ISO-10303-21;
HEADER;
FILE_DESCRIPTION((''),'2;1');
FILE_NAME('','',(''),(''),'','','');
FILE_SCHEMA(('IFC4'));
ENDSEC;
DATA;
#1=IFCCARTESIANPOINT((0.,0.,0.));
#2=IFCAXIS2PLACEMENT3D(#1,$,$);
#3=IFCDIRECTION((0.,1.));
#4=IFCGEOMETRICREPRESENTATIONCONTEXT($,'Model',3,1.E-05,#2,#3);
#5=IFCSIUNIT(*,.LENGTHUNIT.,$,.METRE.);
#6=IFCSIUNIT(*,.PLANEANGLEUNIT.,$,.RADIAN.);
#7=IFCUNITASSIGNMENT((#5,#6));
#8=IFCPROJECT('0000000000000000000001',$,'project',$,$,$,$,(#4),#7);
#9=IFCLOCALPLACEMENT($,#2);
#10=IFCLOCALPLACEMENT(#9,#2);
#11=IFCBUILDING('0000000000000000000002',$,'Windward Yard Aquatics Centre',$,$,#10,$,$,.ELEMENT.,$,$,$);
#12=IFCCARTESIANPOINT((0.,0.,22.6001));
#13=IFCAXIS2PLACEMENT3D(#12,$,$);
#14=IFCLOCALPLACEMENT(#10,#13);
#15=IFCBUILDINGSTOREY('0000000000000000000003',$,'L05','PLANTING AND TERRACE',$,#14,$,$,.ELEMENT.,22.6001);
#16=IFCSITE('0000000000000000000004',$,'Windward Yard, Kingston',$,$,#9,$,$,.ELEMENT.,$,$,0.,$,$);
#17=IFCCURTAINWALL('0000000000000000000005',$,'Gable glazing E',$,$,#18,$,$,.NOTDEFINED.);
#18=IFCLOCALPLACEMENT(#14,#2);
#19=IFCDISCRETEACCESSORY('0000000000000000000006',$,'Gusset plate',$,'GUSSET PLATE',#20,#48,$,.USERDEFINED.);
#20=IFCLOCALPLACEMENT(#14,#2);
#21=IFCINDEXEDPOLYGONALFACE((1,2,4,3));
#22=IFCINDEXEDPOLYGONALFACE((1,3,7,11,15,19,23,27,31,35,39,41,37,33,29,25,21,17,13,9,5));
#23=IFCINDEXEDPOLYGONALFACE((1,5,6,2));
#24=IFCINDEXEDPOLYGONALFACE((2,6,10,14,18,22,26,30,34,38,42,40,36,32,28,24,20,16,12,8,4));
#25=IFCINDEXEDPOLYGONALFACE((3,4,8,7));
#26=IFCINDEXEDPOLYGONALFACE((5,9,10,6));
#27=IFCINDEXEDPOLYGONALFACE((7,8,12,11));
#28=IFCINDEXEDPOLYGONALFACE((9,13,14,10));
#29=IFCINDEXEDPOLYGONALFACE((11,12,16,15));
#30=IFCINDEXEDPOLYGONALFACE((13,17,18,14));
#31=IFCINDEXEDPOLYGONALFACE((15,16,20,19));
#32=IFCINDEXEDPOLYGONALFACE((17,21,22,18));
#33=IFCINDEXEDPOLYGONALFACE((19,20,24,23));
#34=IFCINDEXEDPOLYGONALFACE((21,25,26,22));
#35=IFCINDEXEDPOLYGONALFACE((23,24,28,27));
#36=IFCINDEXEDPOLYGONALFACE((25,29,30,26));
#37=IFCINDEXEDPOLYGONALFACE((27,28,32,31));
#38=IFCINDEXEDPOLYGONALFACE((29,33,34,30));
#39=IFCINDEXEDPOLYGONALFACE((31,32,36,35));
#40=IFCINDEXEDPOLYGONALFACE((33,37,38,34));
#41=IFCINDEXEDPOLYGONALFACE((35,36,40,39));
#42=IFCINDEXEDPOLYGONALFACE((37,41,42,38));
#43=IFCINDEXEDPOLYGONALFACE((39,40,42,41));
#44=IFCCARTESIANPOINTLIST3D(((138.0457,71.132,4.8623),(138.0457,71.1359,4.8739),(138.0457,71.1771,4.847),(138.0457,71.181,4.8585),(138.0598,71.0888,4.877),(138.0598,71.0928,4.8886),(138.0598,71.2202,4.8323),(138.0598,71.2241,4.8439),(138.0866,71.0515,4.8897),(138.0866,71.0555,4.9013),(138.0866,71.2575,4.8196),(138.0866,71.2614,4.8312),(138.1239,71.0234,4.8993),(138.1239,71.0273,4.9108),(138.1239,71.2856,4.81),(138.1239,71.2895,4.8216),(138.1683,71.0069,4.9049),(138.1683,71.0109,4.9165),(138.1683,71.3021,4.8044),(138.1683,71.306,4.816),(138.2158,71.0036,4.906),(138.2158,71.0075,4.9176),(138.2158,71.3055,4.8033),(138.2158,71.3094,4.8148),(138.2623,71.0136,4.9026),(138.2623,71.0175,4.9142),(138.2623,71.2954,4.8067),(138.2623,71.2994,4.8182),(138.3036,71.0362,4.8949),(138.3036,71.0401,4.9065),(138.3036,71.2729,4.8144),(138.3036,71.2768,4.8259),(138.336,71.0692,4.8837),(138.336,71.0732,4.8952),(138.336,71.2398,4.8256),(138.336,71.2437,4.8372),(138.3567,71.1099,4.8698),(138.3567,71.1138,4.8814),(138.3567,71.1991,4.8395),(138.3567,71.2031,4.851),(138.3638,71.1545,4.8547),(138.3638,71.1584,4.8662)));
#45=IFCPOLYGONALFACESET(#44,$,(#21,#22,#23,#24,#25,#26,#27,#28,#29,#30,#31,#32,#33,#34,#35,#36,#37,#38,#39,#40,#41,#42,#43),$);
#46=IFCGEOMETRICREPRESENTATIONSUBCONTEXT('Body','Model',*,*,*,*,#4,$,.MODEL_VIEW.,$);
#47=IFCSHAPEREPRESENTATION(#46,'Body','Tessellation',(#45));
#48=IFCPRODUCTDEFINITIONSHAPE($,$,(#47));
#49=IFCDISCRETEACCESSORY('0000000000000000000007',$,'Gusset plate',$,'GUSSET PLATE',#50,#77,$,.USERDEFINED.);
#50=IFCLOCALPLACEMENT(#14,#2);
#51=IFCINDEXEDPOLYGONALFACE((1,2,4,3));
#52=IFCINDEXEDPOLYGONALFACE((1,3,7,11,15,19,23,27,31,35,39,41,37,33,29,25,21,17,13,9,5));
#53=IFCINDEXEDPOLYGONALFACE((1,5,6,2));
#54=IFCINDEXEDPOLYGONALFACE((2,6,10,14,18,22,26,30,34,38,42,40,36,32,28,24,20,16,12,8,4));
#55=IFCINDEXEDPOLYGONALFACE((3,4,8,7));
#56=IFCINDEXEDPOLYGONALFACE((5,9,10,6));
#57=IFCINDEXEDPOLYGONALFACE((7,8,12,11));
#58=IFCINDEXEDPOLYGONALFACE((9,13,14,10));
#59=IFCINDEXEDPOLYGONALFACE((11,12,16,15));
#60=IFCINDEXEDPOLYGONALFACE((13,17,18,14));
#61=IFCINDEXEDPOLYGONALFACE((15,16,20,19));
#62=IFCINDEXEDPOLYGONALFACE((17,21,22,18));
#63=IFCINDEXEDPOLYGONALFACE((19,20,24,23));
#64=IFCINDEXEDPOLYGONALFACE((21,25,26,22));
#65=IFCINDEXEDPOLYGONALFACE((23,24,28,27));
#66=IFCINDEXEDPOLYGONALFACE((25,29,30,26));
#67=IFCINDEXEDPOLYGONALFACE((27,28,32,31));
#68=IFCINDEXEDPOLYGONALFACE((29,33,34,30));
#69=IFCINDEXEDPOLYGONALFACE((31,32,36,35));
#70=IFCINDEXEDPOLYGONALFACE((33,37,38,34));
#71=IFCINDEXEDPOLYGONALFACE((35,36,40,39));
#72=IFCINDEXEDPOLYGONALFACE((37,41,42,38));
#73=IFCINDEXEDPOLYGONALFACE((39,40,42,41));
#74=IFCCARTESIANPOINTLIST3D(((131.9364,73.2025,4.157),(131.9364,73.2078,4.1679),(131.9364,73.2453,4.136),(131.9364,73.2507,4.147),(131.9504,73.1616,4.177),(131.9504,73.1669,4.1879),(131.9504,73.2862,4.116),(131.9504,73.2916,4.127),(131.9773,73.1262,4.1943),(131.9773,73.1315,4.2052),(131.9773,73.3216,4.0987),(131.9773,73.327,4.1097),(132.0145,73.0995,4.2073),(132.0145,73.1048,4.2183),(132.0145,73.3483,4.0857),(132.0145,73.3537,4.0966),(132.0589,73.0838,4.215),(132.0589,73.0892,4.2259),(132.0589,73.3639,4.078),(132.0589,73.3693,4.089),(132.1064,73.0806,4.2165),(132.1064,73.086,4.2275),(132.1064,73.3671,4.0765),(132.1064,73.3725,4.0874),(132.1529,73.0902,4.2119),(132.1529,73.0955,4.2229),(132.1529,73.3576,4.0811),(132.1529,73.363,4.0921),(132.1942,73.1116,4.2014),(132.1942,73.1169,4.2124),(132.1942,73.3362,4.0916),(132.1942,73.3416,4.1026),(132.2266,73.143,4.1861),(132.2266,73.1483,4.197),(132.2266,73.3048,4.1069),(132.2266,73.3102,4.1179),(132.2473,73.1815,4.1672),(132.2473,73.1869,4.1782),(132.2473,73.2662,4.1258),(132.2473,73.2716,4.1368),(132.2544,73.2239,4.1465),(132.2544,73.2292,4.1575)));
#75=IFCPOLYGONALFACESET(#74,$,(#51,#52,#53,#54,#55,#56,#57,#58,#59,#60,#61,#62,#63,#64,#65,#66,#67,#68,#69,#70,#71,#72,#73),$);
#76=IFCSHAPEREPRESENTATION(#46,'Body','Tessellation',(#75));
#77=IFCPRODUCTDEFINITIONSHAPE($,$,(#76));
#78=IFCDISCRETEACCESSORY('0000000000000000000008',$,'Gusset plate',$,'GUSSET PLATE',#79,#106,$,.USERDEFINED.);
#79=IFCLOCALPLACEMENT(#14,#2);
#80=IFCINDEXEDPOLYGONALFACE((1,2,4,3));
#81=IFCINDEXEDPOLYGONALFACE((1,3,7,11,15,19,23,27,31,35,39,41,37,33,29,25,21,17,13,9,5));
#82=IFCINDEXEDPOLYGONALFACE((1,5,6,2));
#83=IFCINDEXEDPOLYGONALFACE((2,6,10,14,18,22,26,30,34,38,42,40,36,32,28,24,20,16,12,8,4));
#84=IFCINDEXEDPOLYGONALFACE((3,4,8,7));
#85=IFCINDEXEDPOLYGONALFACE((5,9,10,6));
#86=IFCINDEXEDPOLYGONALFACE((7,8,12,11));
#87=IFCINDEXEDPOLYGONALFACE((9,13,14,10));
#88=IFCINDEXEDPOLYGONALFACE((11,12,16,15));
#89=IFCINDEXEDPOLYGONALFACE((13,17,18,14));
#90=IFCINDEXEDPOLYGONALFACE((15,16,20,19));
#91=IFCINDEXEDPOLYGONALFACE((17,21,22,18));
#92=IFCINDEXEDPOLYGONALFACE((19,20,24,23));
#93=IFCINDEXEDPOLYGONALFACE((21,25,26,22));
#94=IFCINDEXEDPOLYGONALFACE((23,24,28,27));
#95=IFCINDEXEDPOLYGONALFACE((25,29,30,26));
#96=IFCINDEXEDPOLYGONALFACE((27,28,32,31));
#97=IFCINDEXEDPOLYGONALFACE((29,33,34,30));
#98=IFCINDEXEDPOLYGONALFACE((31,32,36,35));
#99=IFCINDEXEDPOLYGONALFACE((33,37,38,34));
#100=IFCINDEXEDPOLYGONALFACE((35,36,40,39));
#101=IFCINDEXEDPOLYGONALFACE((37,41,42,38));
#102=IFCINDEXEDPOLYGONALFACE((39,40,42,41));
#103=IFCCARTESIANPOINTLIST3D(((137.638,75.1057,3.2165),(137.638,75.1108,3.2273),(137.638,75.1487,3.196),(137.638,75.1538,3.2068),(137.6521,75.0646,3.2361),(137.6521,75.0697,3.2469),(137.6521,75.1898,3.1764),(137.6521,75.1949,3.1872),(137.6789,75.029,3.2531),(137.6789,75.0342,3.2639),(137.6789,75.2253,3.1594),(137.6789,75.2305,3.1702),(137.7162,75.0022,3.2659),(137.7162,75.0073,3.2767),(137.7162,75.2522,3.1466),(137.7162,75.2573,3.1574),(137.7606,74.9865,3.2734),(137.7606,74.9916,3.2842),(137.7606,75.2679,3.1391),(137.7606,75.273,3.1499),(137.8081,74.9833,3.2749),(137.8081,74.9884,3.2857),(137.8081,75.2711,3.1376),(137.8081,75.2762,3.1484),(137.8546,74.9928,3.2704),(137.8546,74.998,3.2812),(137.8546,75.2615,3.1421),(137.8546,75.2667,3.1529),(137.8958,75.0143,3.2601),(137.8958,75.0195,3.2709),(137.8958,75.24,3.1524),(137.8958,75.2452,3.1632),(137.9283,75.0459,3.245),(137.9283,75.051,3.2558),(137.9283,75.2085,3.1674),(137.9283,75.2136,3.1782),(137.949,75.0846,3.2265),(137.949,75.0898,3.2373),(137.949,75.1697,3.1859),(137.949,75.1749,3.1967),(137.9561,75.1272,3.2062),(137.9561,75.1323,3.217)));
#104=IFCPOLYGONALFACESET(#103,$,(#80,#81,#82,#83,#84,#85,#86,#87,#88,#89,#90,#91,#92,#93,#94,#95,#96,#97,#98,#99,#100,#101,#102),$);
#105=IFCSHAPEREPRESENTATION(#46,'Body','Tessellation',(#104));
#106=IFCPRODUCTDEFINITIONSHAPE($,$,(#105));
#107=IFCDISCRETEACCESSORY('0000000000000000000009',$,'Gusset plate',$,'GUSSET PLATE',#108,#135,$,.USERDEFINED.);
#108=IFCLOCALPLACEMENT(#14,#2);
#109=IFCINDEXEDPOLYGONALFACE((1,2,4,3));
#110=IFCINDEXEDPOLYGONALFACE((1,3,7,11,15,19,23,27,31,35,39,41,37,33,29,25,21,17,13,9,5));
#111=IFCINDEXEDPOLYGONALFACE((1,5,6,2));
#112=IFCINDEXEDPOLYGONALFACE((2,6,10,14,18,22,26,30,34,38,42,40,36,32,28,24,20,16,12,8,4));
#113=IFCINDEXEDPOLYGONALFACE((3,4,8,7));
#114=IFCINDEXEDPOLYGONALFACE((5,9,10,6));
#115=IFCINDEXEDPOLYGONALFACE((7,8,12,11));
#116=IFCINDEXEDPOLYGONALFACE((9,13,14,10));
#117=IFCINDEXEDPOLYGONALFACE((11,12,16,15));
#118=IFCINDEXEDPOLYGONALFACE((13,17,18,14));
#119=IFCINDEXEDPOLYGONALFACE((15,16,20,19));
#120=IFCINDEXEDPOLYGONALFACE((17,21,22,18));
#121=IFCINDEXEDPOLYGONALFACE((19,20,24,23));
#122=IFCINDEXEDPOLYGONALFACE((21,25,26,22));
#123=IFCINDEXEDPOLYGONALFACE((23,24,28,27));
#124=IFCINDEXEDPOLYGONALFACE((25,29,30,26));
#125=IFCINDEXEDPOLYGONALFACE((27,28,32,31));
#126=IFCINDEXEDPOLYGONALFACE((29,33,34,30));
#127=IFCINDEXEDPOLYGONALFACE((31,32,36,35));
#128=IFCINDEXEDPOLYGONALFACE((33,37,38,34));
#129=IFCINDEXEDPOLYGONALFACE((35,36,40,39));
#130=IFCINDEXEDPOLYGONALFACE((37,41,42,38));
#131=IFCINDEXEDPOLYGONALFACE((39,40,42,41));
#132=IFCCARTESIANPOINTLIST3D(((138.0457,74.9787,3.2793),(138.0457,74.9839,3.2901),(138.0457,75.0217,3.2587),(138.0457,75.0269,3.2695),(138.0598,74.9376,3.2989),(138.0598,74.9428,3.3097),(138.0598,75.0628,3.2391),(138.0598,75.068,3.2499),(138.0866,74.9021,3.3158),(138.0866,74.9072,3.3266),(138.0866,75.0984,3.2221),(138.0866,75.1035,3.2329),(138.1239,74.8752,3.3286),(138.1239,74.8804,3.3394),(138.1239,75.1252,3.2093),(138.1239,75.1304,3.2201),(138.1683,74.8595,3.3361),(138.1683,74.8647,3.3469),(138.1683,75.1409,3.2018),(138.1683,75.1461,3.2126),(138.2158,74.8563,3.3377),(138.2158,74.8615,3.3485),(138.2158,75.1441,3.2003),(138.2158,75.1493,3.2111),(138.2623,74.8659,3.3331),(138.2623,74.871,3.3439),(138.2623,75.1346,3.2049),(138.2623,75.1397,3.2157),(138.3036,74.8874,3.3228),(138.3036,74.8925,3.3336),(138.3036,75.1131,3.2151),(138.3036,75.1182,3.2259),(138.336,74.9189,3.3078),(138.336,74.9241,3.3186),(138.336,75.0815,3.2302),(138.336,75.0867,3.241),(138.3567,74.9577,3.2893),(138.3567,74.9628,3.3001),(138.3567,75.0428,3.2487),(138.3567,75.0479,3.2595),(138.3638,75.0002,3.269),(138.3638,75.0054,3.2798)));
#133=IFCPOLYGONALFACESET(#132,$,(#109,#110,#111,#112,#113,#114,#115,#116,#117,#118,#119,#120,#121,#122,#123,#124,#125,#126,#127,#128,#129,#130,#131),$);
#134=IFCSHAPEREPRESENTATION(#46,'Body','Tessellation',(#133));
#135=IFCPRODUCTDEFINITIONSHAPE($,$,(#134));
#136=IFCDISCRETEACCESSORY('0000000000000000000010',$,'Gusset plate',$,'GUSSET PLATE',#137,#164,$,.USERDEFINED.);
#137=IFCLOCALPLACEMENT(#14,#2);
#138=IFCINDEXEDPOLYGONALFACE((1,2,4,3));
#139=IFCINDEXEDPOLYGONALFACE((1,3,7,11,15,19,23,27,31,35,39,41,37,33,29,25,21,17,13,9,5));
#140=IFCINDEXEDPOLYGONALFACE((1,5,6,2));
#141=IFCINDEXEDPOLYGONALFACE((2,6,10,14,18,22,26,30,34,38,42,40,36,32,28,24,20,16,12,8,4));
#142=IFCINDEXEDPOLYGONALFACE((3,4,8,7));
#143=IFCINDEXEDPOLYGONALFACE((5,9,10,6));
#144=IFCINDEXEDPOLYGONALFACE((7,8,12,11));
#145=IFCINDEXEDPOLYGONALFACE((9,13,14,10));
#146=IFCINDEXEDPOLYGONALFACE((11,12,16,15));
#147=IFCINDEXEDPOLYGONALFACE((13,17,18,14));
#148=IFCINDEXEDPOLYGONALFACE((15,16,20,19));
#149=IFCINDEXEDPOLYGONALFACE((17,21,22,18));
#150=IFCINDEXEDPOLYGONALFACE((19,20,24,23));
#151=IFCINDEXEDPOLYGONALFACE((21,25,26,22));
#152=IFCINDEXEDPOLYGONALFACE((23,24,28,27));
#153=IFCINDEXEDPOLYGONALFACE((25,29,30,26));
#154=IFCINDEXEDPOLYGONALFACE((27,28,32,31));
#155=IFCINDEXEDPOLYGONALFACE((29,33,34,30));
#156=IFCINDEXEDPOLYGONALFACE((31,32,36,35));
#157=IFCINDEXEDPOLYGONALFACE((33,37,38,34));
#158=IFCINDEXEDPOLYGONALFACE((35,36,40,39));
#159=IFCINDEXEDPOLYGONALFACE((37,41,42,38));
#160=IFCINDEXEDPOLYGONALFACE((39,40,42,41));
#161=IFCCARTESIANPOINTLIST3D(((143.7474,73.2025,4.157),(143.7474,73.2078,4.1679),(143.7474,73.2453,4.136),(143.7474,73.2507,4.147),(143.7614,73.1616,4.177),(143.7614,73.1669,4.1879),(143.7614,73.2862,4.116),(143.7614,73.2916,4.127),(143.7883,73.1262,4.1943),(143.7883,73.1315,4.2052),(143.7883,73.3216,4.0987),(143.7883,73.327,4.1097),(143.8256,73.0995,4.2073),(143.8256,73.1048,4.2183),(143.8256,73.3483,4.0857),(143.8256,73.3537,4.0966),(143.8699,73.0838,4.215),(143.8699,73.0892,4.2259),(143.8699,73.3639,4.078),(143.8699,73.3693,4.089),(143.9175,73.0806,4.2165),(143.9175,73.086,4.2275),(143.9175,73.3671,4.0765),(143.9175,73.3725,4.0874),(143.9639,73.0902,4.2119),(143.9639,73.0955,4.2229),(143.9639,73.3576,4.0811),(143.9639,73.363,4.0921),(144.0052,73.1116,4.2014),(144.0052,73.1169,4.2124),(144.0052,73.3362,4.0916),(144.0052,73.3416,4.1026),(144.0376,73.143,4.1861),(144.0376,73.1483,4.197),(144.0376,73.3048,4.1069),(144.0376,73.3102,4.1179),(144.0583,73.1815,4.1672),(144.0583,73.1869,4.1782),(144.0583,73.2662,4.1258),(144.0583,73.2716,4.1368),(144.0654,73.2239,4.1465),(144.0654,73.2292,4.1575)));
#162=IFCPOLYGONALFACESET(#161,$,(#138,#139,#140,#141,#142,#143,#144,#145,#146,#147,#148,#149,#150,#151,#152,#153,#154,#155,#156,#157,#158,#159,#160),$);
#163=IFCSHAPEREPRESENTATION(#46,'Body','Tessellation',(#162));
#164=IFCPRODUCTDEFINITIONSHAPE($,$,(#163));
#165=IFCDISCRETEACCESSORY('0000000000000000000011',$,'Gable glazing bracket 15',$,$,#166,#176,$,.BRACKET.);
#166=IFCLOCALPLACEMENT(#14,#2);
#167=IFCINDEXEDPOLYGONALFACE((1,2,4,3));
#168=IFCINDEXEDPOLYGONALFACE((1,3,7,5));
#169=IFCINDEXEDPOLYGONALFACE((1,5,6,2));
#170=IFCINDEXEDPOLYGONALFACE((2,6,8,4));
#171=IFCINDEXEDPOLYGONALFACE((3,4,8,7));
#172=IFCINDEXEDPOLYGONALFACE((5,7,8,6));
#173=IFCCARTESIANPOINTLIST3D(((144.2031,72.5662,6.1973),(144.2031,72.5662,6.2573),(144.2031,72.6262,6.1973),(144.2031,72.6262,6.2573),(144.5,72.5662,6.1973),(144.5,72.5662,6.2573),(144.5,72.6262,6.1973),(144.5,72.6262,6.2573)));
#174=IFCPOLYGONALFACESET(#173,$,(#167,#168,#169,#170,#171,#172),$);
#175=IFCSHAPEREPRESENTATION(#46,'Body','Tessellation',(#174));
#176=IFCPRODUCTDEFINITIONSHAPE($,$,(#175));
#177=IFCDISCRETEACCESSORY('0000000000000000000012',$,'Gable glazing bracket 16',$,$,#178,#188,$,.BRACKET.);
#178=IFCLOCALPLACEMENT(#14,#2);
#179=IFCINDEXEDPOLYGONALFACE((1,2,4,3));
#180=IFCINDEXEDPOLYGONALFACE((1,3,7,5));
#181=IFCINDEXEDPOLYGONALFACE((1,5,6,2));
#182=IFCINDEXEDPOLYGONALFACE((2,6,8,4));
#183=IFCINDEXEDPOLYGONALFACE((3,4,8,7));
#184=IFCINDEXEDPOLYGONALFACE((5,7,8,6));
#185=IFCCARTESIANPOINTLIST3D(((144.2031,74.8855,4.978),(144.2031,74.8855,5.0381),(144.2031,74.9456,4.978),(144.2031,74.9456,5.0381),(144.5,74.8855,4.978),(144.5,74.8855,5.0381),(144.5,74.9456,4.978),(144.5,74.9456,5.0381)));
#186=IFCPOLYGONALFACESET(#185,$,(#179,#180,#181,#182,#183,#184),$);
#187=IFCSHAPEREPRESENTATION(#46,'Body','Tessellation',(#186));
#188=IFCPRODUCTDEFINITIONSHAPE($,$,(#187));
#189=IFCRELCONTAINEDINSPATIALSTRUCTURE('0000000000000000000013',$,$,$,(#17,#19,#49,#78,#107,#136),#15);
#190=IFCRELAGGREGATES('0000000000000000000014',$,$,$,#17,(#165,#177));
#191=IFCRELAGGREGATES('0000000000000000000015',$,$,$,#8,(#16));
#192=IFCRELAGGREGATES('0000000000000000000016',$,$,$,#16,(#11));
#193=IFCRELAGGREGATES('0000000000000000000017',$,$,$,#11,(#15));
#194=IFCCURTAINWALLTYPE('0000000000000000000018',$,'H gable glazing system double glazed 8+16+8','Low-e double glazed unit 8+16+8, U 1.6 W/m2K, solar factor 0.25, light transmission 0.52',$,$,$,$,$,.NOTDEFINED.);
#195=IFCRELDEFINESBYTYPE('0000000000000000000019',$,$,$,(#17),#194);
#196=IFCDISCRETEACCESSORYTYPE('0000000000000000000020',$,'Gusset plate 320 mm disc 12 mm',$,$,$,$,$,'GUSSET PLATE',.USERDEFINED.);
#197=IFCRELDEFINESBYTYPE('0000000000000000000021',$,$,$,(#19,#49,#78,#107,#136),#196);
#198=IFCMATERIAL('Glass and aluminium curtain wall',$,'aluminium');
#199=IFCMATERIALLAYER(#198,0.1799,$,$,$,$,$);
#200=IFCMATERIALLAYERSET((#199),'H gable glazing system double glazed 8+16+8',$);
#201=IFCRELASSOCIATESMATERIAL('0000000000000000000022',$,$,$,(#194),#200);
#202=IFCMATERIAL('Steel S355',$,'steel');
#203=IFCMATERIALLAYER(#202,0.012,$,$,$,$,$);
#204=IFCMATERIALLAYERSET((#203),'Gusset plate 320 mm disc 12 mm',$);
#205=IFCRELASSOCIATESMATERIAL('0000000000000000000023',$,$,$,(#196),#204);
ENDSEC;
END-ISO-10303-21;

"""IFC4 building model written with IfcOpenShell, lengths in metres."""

from ifc_helpers import new_model, si_unit, direction, frame, origin, origin_2d, place, context, subcontext, project, spatial, rectangle, circle, extrude, material, layer, layer_set, type_object, element, aggregate, save


model = new_model("IFC4")

# Units and contexts
model_context = context("Model", 3, precision=1e-05, world=origin(), true_north=direction((0.0, 1.0)))
body_context = subcontext(model_context, "Body", "Model", "MODEL_VIEW")
ifc_project = project(units=[si_unit("LENGTHUNIT", "METRE"), si_unit("PLANEANGLEUNIT", "RADIAN")], contexts=[model_context])

# Site, building, storey
site_placement = place(None, origin())
site = spatial("IfcSite", under=ifc_project, at=site_placement, Name="Windward Yard, Kingston", CompositionType="ELEMENT", RefElevation=0.0)
building_placement = place(site_placement, origin())
building = spatial("IfcBuilding", under=site, at=building_placement, Name="Windward Yard Aquatics Centre", CompositionType="ELEMENT")
storey_placement = place(building_placement, frame((0.0, 0.0, 22.6001)))
storey = spatial("IfcBuildingStorey", under=building, at=storey_placement, Name="L05", Description="PLANTING AND TERRACE", CompositionType="ELEMENT", Elevation=22.6001)

# Curtain wall
ifc_material_1 = material(Name="Glass and aluminium curtain wall", Category="aluminium")
ifc_layer_1 = layer(ifc_material_1, 0.1799)
ifc_layer_set_1 = layer_set([ifc_layer_1], Name="H gable glazing system double glazed 8+16+8")
curtain_wall_type = type_object("IfcCurtainWallType", Name="H gable glazing system double glazed 8+16+8", Description="Low-e double glazed unit 8+16+8, U 1.6 W/m2K, solar factor 0.25, light transmission 0.52", PredefinedType="NOTDEFINED", material=ifc_layer_set_1)
curtain_wall_placement = place(storey_placement, origin())
curtain_wall = element("IfcCurtainWall", 1, at=curtain_wall_placement, inside=storey, type_object=curtain_wall_type, Name="Gable glazing E", PredefinedType="NOTDEFINED")

# Discrete accessories
ifc_material_2 = material(Name="Steel S355", Category="steel")
ifc_layer_2 = layer(ifc_material_2, 0.012)
ifc_layer_set_2 = layer_set([ifc_layer_2], Name="Gusset plate 320 mm disc 12 mm")
discrete_accessory_type = type_object("IfcDiscreteAccessoryType", Name="Gusset plate 320 mm disc 12 mm", ElementType="GUSSET PLATE", PredefinedType="USERDEFINED", material=ifc_layer_set_2)
for number, where, z_axis, x_axis, name in (
    (2, (138.2039, 71.1584, 4.8662), (0.0, -0.322264, -0.94665), (1.0, 0.0, 0.0), "Gusset plate"),
    (3, (132.0945, 73.2292, 4.1575), (0.0, -0.43921, -0.898384), (1.0, 0.0, 0.0), "Gusset plate"),
):
    element("IfcDiscreteAccessory", number, at=place(storey_placement, frame(where, z_axis=z_axis, x_axis=x_axis)), inside=storey, type_object=discrete_accessory_type, Name=name, ObjectType="GUSSET PLATE", PredefinedType="USERDEFINED", context=body_context, shape_type="SweptSolid", body=[
        extrude(circle(Radius=0.1599, at=origin_2d()), origin(), (0.0, 0.0, 1.0), 0.0122),
    ])
for number, where, z_axis, x_axis, name in (
    (4, (137.7961, 75.1323, 3.217), (0.0, -0.43073, -0.902481), (1.0, 0.0, 0.0), "Gusset plate"),
    (5, (138.2039, 75.0054, 3.2798), (0.0, -0.43073, -0.902481), (1.0, 0.0, 0.0), "Gusset plate"),
):
    element("IfcDiscreteAccessory", number, at=place(storey_placement, frame(where, z_axis=z_axis, x_axis=x_axis)), inside=storey, type_object=discrete_accessory_type, Name=name, ObjectType="GUSSET PLATE", PredefinedType="USERDEFINED", context=body_context, shape_type="SweptSolid", body=[
        extrude(circle(Radius=0.1599, at=origin_2d()), origin(), (0.0, 0.0, 1.0), 0.012),
    ])
discrete_accessory_1_placement = place(storey_placement, frame((143.9055, 73.2292, 4.1575), z_axis=(0.0, -0.43921, -0.898384), x_axis=(1.0, 0.0, 0.0)))
element("IfcDiscreteAccessory", 6, at=discrete_accessory_1_placement, inside=storey, type_object=discrete_accessory_type, Name="Gusset plate", ObjectType="GUSSET PLATE", PredefinedType="USERDEFINED", context=body_context, shape_type="SweptSolid", body=[
    extrude(circle(Radius=0.1599, at=origin_2d()), origin(), (0.0, 0.0, 1.0), 0.0122),
])

# Discrete accessories
discrete_accessory_2_placement = place(storey_placement, frame((144.2031, 72.5962, 6.2273), z_axis=(1.0, 0.0, 0.0), x_axis=(0.0, 1.0, 0.0)))
discrete_accessory_2 = element("IfcDiscreteAccessory", 7, at=discrete_accessory_2_placement, Name="Gable glazing bracket 15", PredefinedType="BRACKET", context=body_context, shape_type="SweptSolid", body=[
    extrude(rectangle(XDim=0.0601, YDim=0.0601, at=origin_2d()), origin(), (0.0, 0.0, 1.0), 0.2969),
])
discrete_accessory_3_placement = place(storey_placement, frame((144.2031, 74.9155, 5.0081), z_axis=(1.0, 0.0, 0.0), x_axis=(0.0, 1.0, 0.0)))
discrete_accessory_3 = element("IfcDiscreteAccessory", 8, at=discrete_accessory_3_placement, Name="Gable glazing bracket 16", PredefinedType="BRACKET", context=body_context, shape_type="SweptSolid", body=[
    extrude(rectangle(XDim=0.0601, YDim=0.0601, at=origin_2d()), origin(), (0.0, 0.0, 1.0), 0.2969),
])
aggregate(curtain_wall, [discrete_accessory_2, discrete_accessory_3])

save(model, "model.ifc")
